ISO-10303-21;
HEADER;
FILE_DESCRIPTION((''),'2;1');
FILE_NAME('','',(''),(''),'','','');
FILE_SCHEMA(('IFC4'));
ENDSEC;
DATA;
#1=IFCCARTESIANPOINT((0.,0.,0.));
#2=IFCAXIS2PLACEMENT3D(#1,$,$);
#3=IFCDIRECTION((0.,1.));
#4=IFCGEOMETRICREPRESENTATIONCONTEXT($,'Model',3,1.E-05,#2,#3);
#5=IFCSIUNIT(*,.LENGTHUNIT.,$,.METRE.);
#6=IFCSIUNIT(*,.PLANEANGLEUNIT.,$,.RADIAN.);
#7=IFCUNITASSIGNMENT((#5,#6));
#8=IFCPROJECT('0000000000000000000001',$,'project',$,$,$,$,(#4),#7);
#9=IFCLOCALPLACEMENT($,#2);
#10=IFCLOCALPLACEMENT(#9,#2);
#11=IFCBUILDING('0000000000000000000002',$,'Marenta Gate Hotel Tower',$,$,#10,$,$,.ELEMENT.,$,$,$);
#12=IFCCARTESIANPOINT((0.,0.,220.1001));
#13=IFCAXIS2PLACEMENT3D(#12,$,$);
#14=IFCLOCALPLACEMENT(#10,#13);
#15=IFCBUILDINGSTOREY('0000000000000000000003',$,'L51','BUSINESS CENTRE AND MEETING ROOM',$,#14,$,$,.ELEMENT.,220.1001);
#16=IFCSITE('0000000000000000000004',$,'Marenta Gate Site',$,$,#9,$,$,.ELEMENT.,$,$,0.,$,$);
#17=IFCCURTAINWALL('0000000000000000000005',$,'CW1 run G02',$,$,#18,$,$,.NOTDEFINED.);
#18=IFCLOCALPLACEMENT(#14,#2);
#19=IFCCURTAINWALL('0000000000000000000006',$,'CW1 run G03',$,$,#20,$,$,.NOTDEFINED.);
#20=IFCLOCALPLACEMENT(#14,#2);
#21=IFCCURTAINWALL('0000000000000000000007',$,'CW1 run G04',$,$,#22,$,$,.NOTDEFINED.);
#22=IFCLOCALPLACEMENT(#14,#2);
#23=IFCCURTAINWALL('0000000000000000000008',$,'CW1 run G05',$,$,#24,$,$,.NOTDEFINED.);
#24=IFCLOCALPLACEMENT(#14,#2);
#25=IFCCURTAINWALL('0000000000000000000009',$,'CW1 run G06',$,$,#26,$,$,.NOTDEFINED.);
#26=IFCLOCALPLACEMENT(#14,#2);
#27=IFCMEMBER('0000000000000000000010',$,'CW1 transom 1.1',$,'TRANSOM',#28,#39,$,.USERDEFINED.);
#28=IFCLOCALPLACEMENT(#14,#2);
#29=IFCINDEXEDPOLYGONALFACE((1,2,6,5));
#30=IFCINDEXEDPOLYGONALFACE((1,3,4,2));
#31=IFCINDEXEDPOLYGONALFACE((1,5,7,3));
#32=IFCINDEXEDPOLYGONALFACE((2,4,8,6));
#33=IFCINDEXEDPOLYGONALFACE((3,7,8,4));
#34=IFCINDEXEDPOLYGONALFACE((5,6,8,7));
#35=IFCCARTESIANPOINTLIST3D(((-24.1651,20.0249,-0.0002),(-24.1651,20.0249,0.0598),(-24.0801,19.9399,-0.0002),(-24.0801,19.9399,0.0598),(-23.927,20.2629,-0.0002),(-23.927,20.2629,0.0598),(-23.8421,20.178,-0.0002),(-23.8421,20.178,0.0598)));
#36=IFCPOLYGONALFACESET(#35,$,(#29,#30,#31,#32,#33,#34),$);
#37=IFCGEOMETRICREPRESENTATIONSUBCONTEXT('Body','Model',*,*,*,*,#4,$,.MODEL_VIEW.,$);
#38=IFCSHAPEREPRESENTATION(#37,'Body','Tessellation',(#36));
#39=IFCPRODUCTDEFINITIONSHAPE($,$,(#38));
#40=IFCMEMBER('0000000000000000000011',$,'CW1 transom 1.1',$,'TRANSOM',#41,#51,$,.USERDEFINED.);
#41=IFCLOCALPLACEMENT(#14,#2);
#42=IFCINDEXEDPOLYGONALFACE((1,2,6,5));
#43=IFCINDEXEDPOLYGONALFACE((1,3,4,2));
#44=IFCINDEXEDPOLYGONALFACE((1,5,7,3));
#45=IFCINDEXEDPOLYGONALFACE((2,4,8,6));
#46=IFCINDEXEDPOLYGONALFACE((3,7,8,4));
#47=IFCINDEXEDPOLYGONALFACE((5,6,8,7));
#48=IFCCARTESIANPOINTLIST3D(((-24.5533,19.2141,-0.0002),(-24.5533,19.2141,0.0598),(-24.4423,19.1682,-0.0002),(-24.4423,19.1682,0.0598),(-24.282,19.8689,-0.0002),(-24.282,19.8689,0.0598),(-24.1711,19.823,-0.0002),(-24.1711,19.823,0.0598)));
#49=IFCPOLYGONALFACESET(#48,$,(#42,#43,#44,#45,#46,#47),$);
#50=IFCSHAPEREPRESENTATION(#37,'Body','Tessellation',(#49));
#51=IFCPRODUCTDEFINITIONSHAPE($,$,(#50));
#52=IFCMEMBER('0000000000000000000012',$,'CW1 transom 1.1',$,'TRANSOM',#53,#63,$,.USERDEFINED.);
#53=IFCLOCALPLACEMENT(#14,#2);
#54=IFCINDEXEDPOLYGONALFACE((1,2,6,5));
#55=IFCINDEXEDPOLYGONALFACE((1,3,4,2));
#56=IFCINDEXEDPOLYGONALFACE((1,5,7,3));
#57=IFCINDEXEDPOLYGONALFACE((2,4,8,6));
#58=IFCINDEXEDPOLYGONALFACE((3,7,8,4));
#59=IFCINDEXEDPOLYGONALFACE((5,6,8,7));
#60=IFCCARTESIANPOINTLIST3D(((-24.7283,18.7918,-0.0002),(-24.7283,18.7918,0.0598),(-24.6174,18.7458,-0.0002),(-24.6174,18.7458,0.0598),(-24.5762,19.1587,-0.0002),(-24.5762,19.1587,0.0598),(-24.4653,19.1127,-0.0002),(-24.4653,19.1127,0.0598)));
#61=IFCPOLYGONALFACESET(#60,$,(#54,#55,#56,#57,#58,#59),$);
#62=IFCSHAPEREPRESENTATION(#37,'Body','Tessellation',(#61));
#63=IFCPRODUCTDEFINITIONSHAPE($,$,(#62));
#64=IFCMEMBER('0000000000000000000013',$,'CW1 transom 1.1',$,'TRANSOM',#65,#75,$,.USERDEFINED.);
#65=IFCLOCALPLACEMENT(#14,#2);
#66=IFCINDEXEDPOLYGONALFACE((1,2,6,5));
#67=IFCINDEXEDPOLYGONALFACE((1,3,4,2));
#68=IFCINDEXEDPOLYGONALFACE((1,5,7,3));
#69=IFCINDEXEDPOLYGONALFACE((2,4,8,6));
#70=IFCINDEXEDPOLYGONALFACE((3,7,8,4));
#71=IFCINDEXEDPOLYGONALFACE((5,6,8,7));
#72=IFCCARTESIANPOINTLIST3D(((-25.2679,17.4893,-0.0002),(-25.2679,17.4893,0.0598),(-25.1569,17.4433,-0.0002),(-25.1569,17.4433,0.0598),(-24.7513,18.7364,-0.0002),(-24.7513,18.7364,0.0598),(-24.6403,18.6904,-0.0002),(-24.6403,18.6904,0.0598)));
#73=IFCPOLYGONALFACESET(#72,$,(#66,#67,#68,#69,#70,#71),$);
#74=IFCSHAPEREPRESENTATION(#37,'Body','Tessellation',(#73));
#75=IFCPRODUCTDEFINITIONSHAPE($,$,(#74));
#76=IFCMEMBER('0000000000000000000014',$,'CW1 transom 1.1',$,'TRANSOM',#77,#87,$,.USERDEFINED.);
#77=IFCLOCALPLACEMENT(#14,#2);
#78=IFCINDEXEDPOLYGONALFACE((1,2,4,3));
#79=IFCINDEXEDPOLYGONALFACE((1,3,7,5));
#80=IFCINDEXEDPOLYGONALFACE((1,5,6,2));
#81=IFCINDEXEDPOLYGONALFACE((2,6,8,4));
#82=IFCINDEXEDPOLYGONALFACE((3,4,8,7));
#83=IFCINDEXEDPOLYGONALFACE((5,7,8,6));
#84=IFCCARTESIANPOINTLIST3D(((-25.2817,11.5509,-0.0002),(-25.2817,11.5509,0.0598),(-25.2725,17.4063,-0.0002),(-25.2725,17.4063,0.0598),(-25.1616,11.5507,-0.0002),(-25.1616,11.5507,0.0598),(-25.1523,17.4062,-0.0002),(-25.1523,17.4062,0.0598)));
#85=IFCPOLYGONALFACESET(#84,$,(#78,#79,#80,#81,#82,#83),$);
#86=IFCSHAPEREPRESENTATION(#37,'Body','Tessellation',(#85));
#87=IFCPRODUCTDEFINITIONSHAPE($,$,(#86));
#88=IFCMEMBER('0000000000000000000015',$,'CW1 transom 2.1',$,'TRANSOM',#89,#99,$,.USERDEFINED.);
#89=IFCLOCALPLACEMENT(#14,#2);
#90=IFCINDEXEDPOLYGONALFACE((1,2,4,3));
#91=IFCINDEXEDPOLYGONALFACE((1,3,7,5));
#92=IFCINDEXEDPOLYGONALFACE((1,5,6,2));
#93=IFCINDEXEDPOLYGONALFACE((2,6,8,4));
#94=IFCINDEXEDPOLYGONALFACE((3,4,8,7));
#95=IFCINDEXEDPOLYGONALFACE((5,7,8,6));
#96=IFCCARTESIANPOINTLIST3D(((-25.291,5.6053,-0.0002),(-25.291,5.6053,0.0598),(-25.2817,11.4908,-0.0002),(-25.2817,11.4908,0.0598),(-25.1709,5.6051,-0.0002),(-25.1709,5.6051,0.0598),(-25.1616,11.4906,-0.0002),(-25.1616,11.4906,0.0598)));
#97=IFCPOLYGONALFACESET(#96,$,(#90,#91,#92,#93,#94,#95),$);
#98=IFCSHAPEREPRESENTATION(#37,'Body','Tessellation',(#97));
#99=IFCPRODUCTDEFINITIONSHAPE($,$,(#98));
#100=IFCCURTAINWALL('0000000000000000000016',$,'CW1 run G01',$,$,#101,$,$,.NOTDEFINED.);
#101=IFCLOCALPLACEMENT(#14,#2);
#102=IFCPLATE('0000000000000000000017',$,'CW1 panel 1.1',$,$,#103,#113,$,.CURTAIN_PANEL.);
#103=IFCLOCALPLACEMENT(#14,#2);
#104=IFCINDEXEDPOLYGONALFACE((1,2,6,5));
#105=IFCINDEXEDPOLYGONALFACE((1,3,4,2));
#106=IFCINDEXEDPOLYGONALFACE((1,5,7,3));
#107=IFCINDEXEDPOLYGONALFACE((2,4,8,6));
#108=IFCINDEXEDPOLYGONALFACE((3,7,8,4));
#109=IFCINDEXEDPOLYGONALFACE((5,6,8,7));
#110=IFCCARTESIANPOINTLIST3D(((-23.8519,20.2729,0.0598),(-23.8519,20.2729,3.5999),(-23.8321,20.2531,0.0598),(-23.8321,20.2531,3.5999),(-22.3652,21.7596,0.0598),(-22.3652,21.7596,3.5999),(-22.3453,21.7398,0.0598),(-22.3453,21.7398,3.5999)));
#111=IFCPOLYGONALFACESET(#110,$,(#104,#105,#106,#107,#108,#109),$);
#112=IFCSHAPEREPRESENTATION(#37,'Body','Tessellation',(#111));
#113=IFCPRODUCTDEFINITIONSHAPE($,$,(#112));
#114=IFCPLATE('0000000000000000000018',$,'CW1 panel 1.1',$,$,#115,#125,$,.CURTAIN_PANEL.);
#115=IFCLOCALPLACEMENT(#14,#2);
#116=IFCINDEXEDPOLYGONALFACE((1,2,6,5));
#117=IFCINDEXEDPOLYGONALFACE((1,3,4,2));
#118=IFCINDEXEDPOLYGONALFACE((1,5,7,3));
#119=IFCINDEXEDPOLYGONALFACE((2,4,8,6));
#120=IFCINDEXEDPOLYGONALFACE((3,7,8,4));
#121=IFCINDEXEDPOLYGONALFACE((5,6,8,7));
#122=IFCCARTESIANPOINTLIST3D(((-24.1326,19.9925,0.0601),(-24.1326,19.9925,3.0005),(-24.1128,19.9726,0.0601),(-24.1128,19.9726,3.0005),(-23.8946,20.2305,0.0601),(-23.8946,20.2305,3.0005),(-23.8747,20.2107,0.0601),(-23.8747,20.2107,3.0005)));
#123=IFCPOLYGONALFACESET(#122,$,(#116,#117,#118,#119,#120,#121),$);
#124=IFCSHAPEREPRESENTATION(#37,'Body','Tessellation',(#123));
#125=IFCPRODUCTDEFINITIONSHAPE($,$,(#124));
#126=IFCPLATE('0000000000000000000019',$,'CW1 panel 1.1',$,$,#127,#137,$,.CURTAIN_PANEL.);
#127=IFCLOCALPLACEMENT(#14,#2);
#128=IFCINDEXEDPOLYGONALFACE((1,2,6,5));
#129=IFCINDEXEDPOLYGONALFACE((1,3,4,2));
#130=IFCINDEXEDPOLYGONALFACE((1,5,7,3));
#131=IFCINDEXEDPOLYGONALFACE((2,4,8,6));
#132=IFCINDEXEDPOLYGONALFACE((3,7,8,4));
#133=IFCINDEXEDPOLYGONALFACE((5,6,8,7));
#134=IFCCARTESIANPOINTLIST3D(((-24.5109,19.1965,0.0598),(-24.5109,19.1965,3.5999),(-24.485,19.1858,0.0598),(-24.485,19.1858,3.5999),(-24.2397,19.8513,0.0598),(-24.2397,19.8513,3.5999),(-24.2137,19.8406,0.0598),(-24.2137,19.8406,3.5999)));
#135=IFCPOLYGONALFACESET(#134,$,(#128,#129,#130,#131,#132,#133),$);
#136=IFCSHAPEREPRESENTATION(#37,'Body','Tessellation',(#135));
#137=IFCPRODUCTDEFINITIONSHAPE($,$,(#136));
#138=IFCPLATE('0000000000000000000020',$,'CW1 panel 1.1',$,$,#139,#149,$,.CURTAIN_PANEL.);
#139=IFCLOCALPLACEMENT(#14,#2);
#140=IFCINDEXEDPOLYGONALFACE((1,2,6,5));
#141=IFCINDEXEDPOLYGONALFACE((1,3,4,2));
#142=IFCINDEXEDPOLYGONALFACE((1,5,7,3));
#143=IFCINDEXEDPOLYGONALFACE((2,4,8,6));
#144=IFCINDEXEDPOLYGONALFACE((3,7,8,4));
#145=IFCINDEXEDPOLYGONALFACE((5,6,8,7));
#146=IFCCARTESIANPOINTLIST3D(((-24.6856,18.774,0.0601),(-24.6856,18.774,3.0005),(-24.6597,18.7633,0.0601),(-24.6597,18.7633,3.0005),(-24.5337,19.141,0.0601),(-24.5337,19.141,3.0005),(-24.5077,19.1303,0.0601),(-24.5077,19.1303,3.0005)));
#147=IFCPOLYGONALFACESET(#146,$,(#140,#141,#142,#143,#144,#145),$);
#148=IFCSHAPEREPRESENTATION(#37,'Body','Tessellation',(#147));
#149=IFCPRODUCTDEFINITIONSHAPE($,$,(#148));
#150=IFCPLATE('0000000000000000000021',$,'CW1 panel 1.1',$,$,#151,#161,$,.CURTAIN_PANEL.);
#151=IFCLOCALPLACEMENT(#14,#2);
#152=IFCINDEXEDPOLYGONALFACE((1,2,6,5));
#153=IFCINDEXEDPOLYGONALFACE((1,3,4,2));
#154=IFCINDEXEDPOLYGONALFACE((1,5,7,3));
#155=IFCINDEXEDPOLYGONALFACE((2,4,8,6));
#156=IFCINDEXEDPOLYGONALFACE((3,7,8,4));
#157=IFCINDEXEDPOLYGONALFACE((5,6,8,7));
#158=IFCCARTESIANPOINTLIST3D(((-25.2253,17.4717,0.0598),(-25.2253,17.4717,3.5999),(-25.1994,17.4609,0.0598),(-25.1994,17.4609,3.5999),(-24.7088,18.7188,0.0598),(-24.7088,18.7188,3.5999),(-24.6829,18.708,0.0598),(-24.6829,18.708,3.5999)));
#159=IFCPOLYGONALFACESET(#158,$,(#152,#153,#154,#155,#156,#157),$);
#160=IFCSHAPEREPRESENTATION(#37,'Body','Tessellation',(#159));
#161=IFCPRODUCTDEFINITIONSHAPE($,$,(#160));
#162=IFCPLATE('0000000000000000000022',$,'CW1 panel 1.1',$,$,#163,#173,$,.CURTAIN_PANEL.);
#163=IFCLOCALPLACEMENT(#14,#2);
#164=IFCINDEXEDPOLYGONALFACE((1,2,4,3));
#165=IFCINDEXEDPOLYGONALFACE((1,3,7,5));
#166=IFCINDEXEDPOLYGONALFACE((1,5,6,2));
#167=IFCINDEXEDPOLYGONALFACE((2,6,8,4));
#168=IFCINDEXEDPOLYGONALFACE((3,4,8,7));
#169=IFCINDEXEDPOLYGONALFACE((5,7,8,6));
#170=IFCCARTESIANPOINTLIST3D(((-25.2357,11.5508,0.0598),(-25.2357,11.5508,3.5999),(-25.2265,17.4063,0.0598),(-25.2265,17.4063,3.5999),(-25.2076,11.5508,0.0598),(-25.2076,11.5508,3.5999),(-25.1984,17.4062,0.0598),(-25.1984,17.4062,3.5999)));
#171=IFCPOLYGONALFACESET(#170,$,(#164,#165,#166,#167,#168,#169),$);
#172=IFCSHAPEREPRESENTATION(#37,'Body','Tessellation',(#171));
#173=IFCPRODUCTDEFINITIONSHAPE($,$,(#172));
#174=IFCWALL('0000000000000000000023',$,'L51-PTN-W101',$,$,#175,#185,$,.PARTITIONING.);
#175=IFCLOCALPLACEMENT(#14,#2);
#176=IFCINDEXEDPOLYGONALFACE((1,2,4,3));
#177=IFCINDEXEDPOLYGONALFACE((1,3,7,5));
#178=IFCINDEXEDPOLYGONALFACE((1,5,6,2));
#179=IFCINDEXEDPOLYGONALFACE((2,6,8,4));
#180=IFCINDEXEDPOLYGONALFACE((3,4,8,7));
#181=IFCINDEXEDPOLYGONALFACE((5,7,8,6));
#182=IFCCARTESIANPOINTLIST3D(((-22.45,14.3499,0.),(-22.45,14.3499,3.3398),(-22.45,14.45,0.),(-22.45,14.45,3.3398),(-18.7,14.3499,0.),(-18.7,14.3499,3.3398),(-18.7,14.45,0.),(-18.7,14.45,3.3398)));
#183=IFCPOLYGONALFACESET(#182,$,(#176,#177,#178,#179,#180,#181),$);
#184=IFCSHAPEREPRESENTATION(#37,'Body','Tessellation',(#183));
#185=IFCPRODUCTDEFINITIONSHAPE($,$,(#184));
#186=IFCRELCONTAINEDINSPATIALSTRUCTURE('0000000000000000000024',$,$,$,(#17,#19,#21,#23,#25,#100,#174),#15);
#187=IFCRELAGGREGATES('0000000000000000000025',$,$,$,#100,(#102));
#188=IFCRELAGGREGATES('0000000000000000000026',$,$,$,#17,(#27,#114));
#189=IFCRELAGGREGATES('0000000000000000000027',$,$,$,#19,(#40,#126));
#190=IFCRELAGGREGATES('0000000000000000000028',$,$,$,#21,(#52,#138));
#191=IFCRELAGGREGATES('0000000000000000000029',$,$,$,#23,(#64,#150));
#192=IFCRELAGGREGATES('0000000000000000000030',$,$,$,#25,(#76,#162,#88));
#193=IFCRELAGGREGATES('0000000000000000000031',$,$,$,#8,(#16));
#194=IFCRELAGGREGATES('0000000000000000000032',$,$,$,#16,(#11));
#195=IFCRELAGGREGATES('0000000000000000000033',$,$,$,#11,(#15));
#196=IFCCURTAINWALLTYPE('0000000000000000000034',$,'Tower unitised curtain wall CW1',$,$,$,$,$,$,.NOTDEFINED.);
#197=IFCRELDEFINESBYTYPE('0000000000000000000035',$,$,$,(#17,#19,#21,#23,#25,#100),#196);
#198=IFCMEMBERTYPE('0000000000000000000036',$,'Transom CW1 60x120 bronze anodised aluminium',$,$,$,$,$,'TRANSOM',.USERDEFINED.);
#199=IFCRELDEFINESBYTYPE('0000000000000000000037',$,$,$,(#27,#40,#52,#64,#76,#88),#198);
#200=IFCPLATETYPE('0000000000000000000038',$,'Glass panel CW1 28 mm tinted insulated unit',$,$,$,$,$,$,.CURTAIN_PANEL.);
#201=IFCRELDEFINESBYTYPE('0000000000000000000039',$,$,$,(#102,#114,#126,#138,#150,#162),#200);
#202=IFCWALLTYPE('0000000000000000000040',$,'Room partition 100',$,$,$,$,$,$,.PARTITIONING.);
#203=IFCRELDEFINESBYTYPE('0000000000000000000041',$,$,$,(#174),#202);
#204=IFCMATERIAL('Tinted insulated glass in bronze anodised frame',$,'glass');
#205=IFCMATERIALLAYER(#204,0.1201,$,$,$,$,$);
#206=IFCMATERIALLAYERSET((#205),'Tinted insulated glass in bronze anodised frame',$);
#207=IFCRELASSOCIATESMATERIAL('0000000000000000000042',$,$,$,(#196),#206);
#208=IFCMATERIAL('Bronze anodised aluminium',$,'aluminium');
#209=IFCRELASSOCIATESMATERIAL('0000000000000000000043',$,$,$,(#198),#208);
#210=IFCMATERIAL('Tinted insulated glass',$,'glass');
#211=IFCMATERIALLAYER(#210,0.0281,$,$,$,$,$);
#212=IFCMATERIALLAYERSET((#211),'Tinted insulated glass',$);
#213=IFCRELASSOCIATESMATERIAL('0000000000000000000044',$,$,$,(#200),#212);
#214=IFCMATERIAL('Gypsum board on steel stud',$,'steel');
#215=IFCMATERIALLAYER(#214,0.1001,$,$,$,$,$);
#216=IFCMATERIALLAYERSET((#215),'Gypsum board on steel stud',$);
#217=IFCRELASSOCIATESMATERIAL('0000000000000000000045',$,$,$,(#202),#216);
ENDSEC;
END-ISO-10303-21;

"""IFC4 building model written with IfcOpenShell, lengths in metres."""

from ifc_helpers import new_model, si_unit, direction, frame, frame_2d, origin, origin_2d, place, context, subcontext, project, spatial, rectangle, extrude, material, layer, layer_set, material_profile, profile_set, type_object, element, aggregate, save


model = new_model("IFC4")

# Units and contexts
model_context = context("Model", 3, precision=1e-05, world=origin(), true_north=direction((0.0, 1.0)))
body_context = subcontext(model_context, "Body", "Model", "MODEL_VIEW")
ifc_project = project(units=[si_unit("LENGTHUNIT", "METRE"), si_unit("PLANEANGLEUNIT", "RADIAN")], contexts=[model_context])

# Site, building, storey
site_placement = place(None, origin())
site = spatial("IfcSite", under=ifc_project, at=site_placement, Name="Marenta Gate Site", CompositionType="ELEMENT", RefElevation=0.0)
building_placement = place(site_placement, origin())
building = spatial("IfcBuilding", under=site, at=building_placement, Name="Marenta Gate Hotel Tower", CompositionType="ELEMENT")
storey_placement = place(building_placement, frame((0.0, 0.0, 220.1001)))
storey = spatial("IfcBuildingStorey", under=building, at=storey_placement, Name="L51", Description="BUSINESS CENTRE AND MEETING ROOM", CompositionType="ELEMENT", Elevation=220.1001)

# Curtain wall
ifc_material_1 = material(Name="Tinted insulated glass in bronze anodised frame", Category="glass")
ifc_layer_1 = layer(ifc_material_1, 0.1201)
ifc_layer_set_1 = layer_set([ifc_layer_1], Name="Tinted insulated glass in bronze anodised frame")
curtain_wall_type = type_object("IfcCurtainWallType", Name="Tower unitised curtain wall CW1", PredefinedType="NOTDEFINED", material=ifc_layer_set_1)
curtain_wall_1_placement = place(storey_placement, origin())
curtain_wall_1 = element("IfcCurtainWall", 1, at=curtain_wall_1_placement, inside=storey, type_object=curtain_wall_type, Name="CW1 run G02", PredefinedType="NOTDEFINED")

# Curtain walls
curtain_wall_2_placement = place(storey_placement, origin())
curtain_wall_2 = element("IfcCurtainWall", 2, at=curtain_wall_2_placement, inside=storey, type_object=curtain_wall_type, Name="CW1 run G03", PredefinedType="NOTDEFINED")
curtain_wall_3_placement = place(storey_placement, origin())
curtain_wall_3 = element("IfcCurtainWall", 3, at=curtain_wall_3_placement, inside=storey, type_object=curtain_wall_type, Name="CW1 run G04", PredefinedType="NOTDEFINED")
curtain_wall_4_placement = place(storey_placement, origin())
curtain_wall_4 = element("IfcCurtainWall", 4, at=curtain_wall_4_placement, inside=storey, type_object=curtain_wall_type, Name="CW1 run G05", PredefinedType="NOTDEFINED")

# Curtain wall
curtain_wall_5_placement = place(storey_placement, origin())
curtain_wall_5 = element("IfcCurtainWall", 5, at=curtain_wall_5_placement, inside=storey, type_object=curtain_wall_type, Name="CW1 run G06", PredefinedType="NOTDEFINED")

# Members
ifc_material_2 = material(Name="Bronze anodised aluminium", Category="aluminium")
ifc_material_profile_1 = material_profile(ifc_material_2, rectangle(XDim=0.1201, YDim=0.0601, at=origin_2d()), Name="Transom CW1 60x120 bronze anodised aluminium")
ifc_profile_set_1 = profile_set([ifc_material_profile_1], Name="Bronze anodised aluminium")
member_type_1 = type_object("IfcMemberType", Name="Transom CW1 60x120 bronze anodised aluminium", ElementType="TRANSOM", PredefinedType="USERDEFINED", material=ifc_profile_set_1)
member_1_placement = place(storey_placement, frame((-23.8845, 20.2205, 0.0298), z_axis=(-0.707107, -0.707107, 0.0), x_axis=(0.707107, -0.707107, 0.0)))
member_1 = element("IfcMember", 6, at=member_1_placement, type_object=member_type_1, Name="CW1 transom 1.1", ObjectType="TRANSOM", PredefinedType="USERDEFINED", context=body_context, shape_type="SweptSolid", body=[
    extrude(rectangle(XDim=0.1201, YDim=0.0601, at=origin_2d()), origin(), (0.0, 0.0, 1.0), 0.3367),
])
member_2_placement = place(storey_placement, frame((-24.2266, 19.8459, 0.0298), z_axis=(-0.382707, -0.92387, 0.0), x_axis=(0.92387, -0.382707, 0.0)))
member_2 = element("IfcMember", 7, at=member_2_placement, type_object=member_type_1, Name="CW1 transom 1.1", ObjectType="TRANSOM", PredefinedType="USERDEFINED", context=body_context, shape_type="SweptSolid", body=[
    extrude(rectangle(XDim=0.1201, YDim=0.0601, at=origin_2d()), origin(), (0.0, 0.0, 1.0), 0.7087),
])
member_3_placement = place(storey_placement, frame((-24.5208, 19.1357, 0.0298), z_axis=(-0.382913, -0.923785, 0.0), x_axis=(0.923785, -0.382913, 0.0)))
member_3 = element("IfcMember", 8, at=member_3_placement, type_object=member_type_1, Name="CW1 transom 1.1", ObjectType="TRANSOM", PredefinedType="USERDEFINED", context=body_context, shape_type="SweptSolid", body=[
    extrude(rectangle(XDim=0.1201, YDim=0.0601, at=origin_2d()), origin(), (0.0, 0.0, 1.0), 0.3972),
])
member_4_placement = place(storey_placement, frame((-24.6958, 18.7134, 0.0298), z_axis=(-0.382714, -0.923867, 0.0), x_axis=(0.923867, -0.382714, 0.0)))
member_4 = element("IfcMember", 9, at=member_4_placement, type_object=member_type_1, Name="CW1 transom 1.1", ObjectType="TRANSOM", PredefinedType="USERDEFINED", context=body_context, shape_type="SweptSolid", body=[
    extrude(rectangle(XDim=0.1201, YDim=0.0601, at=origin_2d()), origin(), (0.0, 0.0, 1.0), 1.3499),
])
member_5_placement = place(storey_placement, frame((-25.2124, 17.4062, 0.0298), z_axis=(-0.001584, -0.999999, 0.0), x_axis=(0.999999, -0.001584, 0.0)))
member_5 = element("IfcMember", 10, at=member_5_placement, type_object=member_type_1, Name="CW1 transom 1.1", ObjectType="TRANSOM", PredefinedType="USERDEFINED", context=body_context, shape_type="SweptSolid", body=[
    extrude(rectangle(XDim=0.1201, YDim=0.0601, at=origin_2d()), origin(), (0.0, 0.0, 1.0), 5.8555),
])
member_6_placement = place(storey_placement, frame((-25.2217, 11.4907, 0.0298), z_axis=(-0.001576, -0.999999, 0.0), x_axis=(0.999999, -0.001576, 0.0)))
member_6 = element("IfcMember", 11, at=member_6_placement, type_object=member_type_1, Name="CW1 transom 2.1", ObjectType="TRANSOM", PredefinedType="USERDEFINED", context=body_context, shape_type="SweptSolid", body=[
    extrude(rectangle(XDim=0.1201, YDim=0.0601, at=origin_2d()), origin(), (0.0, 0.0, 1.0), 5.8855),
])

# Curtain wall, plate
curtain_wall_6_placement = place(storey_placement, origin())
curtain_wall_6 = element("IfcCurtainWall", 12, at=curtain_wall_6_placement, inside=storey, type_object=curtain_wall_type, Name="CW1 run G01", PredefinedType="NOTDEFINED")
ifc_material_3 = material(Name="Tinted insulated glass", Category="glass")
ifc_layer_2 = layer(ifc_material_3, 0.0281)
ifc_layer_set_2 = layer_set([ifc_layer_2], Name="Tinted insulated glass")
plate_type = type_object("IfcPlateType", Name="Glass panel CW1 28 mm tinted insulated unit", PredefinedType="CURTAIN_PANEL", material=ifc_layer_set_2)
plate_1_placement = place(storey_placement, frame((-23.0986, 21.0063, 0.0598), z_axis=(0.0, 0.0, 1.0), x_axis=(-0.707107, -0.707107, 0.0)))
plate_1 = element("IfcPlate", 13, at=plate_1_placement, type_object=plate_type, Name="CW1 panel 1.1", PredefinedType="CURTAIN_PANEL", context=body_context, shape_type="SweptSolid", body=[
    extrude(rectangle(XDim=2.1025, YDim=0.0281, at=origin_2d()), origin(), (0.0, 0.0, 1.0), 3.54),
])
aggregate(curtain_wall_6, [plate_1])

# Plates
plate_2_placement = place(storey_placement, frame((-24.0037, 20.1016, 0.0601), z_axis=(0.0, 0.0, 1.0), x_axis=(-0.707107, -0.707107, 0.0)))
plate_2 = element("IfcPlate", 14, at=plate_2_placement, type_object=plate_type, Name="CW1 panel 1.1", PredefinedType="CURTAIN_PANEL", context=body_context, shape_type="SweptSolid", body=[
    extrude(rectangle(XDim=0.3367, YDim=0.0281, at=origin_2d()), origin(), (0.0, 0.0, 1.0), 2.9404),
])
aggregate(curtain_wall_1, [member_1, plate_2])
plate_3_placement = place(storey_placement, frame((-24.3623, 19.5186, 0.0598), z_axis=(0.0, 0.0, 1.0), x_axis=(-0.382712, -0.923868, 0.0)))
plate_3 = element("IfcPlate", 15, at=plate_3_placement, type_object=plate_type, Name="CW1 panel 1.1", PredefinedType="CURTAIN_PANEL", context=body_context, shape_type="SweptSolid", body=[
    extrude(rectangle(XDim=0.7087, YDim=0.0281, at=origin_2d()), origin(), (0.0, 0.0, 1.0), 3.54),
])
aggregate(curtain_wall_2, [member_2, plate_3])
plate_4_placement = place(storey_placement, frame((-24.5967, 18.9521, 0.0601), z_axis=(0.0, 0.0, 1.0), x_axis=(-0.382642, -0.923897, 0.0)))
plate_4 = element("IfcPlate", 16, at=plate_4_placement, type_object=plate_type, Name="CW1 panel 1.1", PredefinedType="CURTAIN_PANEL", context=body_context, shape_type="SweptSolid", body=[
    extrude(rectangle(XDim=0.3972, YDim=0.0281, at=origin_2d()), origin(), (0.0, 0.0, 1.0), 2.9404),
])
aggregate(curtain_wall_3, [member_3, plate_4])
plate_5_placement = place(storey_placement, frame((-24.9541, 18.0898, 0.0598), z_axis=(0.0, 0.0, 1.0), x_axis=(-0.38265, -0.923893, 0.0)))
plate_5 = element("IfcPlate", 17, at=plate_5_placement, type_object=plate_type, Name="CW1 panel 1.1", PredefinedType="CURTAIN_PANEL", context=body_context, shape_type="SweptSolid", body=[
    extrude(rectangle(XDim=1.3499, YDim=0.0281, at=origin_2d()), origin(), (0.0, 0.0, 1.0), 3.54),
])
aggregate(curtain_wall_4, [member_4, plate_5])
plate_6_placement = place(storey_placement, frame((-25.217, 14.4785, 0.0598), z_axis=(0.0, 0.0, 1.0), x_axis=(-0.00157, -0.999999, 0.0)))
plate_6 = element("IfcPlate", 18, at=plate_6_placement, type_object=plate_type, Name="CW1 panel 1.1", PredefinedType="CURTAIN_PANEL", context=body_context, shape_type="SweptSolid", body=[
    extrude(rectangle(XDim=5.8555, YDim=0.0281, at=origin_2d()), origin(), (0.0, 0.0, 1.0), 3.54),
])
aggregate(curtain_wall_5, [member_5, plate_6, member_6])

# Wall
ifc_material_4 = material(Name="Gypsum board on steel stud", Category="steel")
ifc_layer_3 = layer(ifc_material_4, 0.1001)
ifc_layer_set_3 = layer_set([ifc_layer_3], Name="Gypsum board on steel stud")
wall_type_1 = type_object("IfcWallType", Name="Room partition 100", PredefinedType="PARTITIONING", material=ifc_layer_set_3)
wall_1_placement = place(storey_placement, frame((-22.45, 14.3999, 0.0), z_axis=(0.0, 0.0, 1.0), x_axis=(1.0, 0.0, 0.0)))
element("IfcWall", 19, at=wall_1_placement, inside=storey, type_object=wall_type_1, Name="L51-PTN-W101", PredefinedType="PARTITIONING", context=body_context, shape_type="SweptSolid", body=[
    extrude(rectangle(XDim=3.75, YDim=0.1001, at=frame_2d((1.875, 0.0))), origin(), (0.0, 0.0, 1.0), 3.3398),
])

save(model, "model.ifc")
